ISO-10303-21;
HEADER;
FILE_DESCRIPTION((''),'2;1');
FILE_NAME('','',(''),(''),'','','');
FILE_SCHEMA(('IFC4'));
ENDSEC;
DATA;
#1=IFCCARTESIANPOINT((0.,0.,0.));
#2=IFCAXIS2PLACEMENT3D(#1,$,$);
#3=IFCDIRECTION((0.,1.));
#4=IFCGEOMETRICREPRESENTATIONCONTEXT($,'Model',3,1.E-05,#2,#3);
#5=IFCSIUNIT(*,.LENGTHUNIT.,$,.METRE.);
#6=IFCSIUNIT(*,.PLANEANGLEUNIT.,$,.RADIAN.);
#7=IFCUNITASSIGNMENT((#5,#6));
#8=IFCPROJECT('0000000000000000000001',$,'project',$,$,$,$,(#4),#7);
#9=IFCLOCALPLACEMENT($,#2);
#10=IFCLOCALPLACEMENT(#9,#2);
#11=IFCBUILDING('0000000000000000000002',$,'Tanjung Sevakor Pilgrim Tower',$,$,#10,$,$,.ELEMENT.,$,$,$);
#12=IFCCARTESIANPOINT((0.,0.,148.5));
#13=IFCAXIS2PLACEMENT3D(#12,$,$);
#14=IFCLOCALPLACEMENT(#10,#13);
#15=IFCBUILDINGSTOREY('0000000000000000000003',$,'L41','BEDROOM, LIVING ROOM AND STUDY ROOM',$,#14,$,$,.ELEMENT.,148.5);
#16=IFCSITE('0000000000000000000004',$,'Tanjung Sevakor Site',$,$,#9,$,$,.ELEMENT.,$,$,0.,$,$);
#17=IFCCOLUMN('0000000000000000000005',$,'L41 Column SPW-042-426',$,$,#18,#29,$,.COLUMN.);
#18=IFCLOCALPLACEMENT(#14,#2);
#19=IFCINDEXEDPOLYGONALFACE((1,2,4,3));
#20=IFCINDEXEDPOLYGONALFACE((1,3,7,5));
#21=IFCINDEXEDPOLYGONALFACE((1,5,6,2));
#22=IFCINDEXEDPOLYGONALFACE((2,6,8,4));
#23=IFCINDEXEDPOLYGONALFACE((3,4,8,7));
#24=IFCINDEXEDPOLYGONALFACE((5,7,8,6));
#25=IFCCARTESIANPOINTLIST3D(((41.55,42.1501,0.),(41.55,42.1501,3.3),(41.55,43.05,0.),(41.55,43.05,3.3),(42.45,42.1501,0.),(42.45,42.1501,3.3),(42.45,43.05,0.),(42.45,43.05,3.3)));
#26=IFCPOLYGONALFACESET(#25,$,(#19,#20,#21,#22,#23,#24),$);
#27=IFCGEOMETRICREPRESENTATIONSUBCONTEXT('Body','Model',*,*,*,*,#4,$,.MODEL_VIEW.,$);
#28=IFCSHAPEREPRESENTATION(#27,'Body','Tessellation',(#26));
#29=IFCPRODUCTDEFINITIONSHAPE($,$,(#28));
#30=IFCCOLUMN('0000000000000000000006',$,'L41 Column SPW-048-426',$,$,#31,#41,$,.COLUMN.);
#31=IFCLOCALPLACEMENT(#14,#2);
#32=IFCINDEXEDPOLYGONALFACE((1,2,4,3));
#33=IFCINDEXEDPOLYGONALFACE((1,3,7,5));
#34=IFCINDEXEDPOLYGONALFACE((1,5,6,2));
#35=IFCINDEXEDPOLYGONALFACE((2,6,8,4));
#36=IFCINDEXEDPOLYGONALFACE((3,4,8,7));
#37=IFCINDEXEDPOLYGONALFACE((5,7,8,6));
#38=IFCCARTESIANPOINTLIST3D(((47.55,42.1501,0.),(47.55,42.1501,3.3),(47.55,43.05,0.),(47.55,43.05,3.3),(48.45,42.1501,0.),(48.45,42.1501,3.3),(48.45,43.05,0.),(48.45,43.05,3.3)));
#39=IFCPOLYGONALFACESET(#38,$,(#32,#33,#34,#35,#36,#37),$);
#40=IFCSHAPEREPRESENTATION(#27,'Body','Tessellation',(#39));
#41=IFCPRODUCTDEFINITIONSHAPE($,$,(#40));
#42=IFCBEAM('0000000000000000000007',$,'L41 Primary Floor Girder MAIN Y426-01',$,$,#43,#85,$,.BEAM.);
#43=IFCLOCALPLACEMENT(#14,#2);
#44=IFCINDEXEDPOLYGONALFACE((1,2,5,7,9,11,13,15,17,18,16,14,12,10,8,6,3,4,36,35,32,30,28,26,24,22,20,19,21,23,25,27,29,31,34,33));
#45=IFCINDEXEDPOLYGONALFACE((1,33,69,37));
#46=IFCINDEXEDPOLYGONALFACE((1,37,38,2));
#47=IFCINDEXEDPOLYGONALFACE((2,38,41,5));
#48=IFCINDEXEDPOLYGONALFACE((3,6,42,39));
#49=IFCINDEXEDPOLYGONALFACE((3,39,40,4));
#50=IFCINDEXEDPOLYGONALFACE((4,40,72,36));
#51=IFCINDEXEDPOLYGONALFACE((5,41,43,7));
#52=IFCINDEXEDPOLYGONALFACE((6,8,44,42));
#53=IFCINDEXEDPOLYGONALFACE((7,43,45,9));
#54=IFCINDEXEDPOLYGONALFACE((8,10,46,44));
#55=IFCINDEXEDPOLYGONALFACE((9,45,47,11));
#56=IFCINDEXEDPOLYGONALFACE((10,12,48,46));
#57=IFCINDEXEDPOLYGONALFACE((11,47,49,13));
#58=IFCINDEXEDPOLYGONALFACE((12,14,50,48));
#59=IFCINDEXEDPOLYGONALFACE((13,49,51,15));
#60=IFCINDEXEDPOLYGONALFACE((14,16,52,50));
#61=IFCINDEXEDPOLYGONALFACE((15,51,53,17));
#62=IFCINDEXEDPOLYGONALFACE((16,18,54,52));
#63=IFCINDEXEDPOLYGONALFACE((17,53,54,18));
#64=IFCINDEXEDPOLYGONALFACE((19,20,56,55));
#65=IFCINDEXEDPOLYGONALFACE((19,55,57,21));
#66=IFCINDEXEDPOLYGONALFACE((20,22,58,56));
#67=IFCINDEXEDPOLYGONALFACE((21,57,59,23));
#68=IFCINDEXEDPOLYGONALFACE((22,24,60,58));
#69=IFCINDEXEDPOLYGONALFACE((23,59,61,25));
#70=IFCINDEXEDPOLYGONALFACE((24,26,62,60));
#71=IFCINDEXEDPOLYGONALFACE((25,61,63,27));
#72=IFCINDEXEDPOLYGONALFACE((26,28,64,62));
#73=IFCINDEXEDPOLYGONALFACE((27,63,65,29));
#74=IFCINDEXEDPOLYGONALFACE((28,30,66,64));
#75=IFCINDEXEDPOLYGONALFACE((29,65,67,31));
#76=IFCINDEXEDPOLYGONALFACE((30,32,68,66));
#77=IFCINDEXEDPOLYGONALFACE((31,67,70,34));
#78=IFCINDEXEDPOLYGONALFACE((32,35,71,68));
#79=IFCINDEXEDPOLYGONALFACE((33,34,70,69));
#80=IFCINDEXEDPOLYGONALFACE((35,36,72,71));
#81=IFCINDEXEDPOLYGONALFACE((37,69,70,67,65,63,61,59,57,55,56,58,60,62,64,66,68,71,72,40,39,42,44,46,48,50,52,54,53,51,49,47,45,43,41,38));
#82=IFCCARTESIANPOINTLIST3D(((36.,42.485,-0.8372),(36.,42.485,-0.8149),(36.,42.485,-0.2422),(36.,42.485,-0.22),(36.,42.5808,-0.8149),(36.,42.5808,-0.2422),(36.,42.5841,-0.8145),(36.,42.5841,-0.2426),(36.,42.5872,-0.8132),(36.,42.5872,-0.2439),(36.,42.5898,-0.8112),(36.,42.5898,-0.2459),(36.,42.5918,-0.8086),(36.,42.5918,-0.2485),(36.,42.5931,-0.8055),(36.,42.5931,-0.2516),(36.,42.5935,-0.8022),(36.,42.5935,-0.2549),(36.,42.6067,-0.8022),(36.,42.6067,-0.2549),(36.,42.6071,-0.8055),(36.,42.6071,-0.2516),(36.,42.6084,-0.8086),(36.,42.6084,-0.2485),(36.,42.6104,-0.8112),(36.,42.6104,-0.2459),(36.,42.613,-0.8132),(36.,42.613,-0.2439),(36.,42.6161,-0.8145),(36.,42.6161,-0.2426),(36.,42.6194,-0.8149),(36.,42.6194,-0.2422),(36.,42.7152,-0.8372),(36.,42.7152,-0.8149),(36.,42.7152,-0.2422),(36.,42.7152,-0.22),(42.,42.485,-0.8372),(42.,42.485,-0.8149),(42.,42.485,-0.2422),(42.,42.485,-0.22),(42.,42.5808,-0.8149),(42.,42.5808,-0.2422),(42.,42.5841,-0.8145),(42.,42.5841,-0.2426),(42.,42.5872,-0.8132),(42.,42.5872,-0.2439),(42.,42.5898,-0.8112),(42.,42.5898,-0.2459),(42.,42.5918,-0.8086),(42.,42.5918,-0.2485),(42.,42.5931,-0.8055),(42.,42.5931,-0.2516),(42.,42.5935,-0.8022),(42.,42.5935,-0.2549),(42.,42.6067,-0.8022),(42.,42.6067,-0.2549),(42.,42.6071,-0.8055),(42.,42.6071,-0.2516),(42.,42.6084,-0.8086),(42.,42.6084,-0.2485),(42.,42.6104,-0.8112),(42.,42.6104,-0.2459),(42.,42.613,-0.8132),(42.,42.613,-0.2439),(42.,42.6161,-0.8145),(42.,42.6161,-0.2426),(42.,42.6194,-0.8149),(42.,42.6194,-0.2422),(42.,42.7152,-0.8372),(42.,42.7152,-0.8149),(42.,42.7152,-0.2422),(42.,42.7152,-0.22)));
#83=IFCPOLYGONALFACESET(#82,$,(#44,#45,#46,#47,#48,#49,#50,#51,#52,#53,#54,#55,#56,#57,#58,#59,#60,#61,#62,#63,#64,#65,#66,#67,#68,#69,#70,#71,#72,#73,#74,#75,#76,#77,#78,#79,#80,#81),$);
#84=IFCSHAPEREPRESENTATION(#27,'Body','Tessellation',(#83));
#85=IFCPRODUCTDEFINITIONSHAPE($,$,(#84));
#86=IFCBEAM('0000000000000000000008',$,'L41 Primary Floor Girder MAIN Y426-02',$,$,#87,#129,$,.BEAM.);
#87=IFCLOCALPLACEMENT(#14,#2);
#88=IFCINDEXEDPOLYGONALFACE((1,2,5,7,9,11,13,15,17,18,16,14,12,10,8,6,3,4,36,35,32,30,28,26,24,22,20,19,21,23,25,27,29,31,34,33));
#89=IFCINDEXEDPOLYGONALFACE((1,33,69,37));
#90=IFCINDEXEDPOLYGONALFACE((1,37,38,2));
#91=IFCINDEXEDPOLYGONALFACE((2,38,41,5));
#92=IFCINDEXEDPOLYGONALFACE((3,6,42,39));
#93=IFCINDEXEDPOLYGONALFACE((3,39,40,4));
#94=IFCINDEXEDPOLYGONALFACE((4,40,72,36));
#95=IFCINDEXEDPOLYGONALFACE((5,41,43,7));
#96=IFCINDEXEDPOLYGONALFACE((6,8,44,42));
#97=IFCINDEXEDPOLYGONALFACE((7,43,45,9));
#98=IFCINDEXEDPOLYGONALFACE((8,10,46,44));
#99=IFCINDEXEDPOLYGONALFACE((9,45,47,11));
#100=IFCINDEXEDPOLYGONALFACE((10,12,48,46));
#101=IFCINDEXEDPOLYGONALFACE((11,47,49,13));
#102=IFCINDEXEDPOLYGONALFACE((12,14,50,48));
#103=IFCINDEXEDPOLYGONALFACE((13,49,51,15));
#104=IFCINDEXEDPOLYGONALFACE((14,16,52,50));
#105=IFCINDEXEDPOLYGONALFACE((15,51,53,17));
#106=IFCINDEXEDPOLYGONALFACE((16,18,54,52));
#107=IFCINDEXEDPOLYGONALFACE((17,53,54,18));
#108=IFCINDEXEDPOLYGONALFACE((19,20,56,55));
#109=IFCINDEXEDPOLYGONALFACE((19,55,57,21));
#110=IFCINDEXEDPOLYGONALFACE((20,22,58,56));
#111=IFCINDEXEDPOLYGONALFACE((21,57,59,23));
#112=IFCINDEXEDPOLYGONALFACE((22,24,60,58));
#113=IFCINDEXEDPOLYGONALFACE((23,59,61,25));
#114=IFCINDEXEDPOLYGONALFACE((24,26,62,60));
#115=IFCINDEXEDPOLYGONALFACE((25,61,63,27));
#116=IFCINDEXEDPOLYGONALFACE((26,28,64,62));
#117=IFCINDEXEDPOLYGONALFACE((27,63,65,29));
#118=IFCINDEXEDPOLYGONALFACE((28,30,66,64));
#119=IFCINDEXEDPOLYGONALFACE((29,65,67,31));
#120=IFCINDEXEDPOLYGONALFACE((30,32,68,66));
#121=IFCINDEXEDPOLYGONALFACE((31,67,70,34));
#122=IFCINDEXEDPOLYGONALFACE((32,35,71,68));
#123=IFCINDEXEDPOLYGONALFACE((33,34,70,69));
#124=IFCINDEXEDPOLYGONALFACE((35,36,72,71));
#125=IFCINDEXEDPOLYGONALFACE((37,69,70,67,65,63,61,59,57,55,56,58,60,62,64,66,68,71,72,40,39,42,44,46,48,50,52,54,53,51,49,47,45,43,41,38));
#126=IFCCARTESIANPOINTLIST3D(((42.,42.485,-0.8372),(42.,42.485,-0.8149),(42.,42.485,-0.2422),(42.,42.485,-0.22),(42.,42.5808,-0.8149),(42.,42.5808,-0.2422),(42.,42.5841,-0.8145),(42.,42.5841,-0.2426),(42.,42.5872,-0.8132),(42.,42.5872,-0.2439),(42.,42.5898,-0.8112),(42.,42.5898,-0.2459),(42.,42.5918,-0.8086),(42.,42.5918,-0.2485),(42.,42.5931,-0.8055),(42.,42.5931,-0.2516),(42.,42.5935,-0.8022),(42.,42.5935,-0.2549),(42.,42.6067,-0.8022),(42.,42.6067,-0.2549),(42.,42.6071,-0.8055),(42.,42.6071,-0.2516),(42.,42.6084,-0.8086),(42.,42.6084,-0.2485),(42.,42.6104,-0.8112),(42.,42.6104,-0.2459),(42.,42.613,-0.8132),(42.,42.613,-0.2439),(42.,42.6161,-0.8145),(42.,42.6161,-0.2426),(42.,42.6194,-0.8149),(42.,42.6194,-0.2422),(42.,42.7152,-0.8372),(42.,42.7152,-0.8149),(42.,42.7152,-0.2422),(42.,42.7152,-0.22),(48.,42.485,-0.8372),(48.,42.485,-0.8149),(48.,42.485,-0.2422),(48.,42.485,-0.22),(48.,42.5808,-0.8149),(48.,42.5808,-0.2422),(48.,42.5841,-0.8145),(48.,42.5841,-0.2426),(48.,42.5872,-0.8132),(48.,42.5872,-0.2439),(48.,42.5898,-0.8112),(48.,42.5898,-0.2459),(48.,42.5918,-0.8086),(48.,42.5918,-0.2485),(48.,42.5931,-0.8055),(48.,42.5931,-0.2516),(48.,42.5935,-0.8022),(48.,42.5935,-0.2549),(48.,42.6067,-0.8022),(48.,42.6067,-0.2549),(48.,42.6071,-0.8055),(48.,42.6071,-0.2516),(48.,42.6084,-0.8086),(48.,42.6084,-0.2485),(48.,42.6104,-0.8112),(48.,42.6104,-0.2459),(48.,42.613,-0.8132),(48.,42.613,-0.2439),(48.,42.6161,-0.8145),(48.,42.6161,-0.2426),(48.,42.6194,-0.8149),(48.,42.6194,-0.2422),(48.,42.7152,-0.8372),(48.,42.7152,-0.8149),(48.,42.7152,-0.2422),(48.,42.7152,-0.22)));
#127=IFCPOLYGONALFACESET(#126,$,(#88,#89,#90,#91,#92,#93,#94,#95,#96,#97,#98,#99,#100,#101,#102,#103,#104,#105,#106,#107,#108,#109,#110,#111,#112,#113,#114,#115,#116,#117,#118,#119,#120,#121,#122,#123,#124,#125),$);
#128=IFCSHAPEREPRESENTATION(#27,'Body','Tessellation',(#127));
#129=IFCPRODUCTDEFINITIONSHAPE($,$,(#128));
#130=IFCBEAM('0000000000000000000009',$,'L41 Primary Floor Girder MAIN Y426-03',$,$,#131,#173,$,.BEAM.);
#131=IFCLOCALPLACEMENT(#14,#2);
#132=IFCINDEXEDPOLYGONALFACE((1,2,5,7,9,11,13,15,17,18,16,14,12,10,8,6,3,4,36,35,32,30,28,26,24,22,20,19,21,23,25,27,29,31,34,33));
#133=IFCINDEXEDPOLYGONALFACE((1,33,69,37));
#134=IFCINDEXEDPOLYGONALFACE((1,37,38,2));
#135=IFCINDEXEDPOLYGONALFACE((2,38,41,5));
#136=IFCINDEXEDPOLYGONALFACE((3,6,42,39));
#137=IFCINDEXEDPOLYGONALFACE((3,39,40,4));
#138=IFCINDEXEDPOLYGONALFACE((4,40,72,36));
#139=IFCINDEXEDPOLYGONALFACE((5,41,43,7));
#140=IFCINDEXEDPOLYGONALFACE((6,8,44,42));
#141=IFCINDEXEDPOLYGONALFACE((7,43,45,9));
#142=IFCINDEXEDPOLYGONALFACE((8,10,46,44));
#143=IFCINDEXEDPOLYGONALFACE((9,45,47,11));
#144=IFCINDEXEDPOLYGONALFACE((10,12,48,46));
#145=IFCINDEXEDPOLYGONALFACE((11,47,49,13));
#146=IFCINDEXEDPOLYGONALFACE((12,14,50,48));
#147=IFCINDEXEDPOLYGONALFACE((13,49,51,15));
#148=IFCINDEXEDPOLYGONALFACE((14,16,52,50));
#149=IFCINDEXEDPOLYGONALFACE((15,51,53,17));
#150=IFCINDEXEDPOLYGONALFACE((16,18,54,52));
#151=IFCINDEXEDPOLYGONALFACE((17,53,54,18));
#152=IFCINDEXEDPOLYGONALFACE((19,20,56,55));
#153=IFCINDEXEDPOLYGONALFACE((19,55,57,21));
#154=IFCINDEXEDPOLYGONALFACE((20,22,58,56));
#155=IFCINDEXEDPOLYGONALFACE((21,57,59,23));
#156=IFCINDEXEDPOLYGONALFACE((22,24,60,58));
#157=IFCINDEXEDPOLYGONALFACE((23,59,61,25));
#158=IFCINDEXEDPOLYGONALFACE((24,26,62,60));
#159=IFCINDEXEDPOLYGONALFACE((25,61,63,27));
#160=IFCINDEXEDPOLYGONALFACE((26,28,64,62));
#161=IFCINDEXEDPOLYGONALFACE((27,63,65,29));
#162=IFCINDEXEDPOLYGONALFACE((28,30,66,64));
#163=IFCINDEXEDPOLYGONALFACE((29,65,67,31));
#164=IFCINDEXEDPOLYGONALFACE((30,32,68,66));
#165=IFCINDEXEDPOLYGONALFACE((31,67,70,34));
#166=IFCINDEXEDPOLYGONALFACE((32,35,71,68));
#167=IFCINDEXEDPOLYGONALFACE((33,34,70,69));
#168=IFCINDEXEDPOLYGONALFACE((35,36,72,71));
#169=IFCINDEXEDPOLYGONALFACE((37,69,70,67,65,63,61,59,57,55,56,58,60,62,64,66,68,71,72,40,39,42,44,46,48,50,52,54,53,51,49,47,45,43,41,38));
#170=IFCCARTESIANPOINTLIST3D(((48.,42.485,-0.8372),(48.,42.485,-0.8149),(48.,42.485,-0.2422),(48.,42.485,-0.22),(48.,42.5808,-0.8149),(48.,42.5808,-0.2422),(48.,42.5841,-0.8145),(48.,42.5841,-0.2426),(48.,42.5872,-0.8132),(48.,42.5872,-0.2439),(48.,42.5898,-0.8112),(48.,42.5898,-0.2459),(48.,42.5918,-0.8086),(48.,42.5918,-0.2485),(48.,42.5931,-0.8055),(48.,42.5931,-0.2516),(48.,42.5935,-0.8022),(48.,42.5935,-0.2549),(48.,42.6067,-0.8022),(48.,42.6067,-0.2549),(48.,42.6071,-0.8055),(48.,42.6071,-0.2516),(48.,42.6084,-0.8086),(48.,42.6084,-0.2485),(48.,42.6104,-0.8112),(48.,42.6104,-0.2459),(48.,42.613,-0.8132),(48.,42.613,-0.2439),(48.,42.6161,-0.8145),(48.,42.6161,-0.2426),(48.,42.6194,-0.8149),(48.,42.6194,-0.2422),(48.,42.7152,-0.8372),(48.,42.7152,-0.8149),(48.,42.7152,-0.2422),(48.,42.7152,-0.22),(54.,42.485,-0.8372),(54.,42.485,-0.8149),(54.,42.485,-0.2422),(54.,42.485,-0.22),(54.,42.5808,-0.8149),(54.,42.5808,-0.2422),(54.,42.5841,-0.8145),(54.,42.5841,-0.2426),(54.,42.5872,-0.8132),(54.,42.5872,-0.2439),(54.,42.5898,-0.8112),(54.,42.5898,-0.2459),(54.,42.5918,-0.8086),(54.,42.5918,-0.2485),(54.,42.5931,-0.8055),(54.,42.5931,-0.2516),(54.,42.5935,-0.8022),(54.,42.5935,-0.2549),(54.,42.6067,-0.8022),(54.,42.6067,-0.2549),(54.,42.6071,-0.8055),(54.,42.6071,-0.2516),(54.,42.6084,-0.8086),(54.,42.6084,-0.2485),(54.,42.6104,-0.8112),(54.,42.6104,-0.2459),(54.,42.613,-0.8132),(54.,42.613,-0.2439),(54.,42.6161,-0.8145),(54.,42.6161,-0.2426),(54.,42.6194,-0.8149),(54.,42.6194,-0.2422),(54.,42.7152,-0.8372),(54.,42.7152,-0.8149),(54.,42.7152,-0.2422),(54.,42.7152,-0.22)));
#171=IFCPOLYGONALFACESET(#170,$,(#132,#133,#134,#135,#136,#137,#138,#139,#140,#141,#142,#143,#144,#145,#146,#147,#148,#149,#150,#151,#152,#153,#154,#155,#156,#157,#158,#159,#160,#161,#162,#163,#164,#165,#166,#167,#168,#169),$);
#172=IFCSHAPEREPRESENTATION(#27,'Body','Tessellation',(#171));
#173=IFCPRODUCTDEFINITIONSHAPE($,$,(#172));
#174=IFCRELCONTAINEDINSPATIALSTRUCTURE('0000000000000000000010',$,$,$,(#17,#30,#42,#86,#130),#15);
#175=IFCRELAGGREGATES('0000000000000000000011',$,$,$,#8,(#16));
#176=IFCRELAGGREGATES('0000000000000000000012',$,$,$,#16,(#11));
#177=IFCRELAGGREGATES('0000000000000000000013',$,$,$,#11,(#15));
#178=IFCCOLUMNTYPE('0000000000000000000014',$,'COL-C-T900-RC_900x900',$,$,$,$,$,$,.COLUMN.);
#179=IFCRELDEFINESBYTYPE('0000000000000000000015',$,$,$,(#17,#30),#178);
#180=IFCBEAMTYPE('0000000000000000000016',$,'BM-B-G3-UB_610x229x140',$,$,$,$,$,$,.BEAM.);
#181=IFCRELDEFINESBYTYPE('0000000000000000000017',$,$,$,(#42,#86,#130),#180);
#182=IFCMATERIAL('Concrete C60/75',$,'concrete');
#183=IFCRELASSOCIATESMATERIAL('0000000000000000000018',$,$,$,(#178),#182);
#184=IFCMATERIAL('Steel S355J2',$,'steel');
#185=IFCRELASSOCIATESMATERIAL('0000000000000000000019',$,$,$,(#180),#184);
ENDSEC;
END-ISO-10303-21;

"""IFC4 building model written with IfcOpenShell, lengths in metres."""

from ifc_helpers import new_model, si_unit, direction, frame, origin, origin_2d, place, context, subcontext, project, spatial, rectangle, i_section, extrude, material, material_profile, profile_set, type_object, element, save


model = new_model("IFC4")

# Units and contexts
model_context = context("Model", 3, precision=1e-05, world=origin(), true_north=direction((0.0, 1.0)))
body_context = subcontext(model_context, "Body", "Model", "MODEL_VIEW")
ifc_project = project(units=[si_unit("LENGTHUNIT", "METRE"), si_unit("PLANEANGLEUNIT", "RADIAN")], contexts=[model_context])

# Site, building, storey
site_placement = place(None, origin())
site = spatial("IfcSite", under=ifc_project, at=site_placement, Name="Tanjung Sevakor Site", CompositionType="ELEMENT", RefElevation=0.0)
building_placement = place(site_placement, origin())
building = spatial("IfcBuilding", under=site, at=building_placement, Name="Tanjung Sevakor Pilgrim Tower", CompositionType="ELEMENT")
storey_placement = place(building_placement, frame((0.0, 0.0, 148.5)))
storey = spatial("IfcBuildingStorey", under=building, at=storey_placement, Name="L41", Description="BEDROOM, LIVING ROOM AND STUDY ROOM", CompositionType="ELEMENT", Elevation=148.5)

# Columns
ifc_material_1 = material(Name="Concrete C60/75", Category="concrete")
ifc_material_profile_1 = material_profile(ifc_material_1, rectangle(XDim=0.8999, YDim=0.8999, at=origin_2d()))
ifc_profile_set_1 = profile_set([ifc_material_profile_1], Name="Concrete C60/75")
column_type = type_object("IfcColumnType", Name="COL-C-T900-RC_900x900", PredefinedType="COLUMN", material=ifc_profile_set_1)
for number, where, z_axis, x_axis, name in (
    (1, (42.0, 42.6001, 0.0), (0.0, 0.0, 1.0), (1.0, 0.0, 0.0), "L41 Column SPW-042-426"),
    (2, (48.0, 42.6001, 0.0), (0.0, 0.0, 1.0), (1.0, 0.0, 0.0), "L41 Column SPW-048-426"),
):
    element("IfcColumn", number, at=place(storey_placement, frame(where, z_axis=z_axis, x_axis=x_axis)), inside=storey, type_object=column_type, Name=name, PredefinedType="COLUMN", context=body_context, shape_type="SweptSolid", body=[
        extrude(rectangle(XDim=0.8999, YDim=0.8999, at=origin_2d()), origin(), (0.0, 0.0, 1.0), 3.3),
    ])

# Beams
ifc_material_2 = material(Name="Steel S355J2", Category="steel")
ifc_material_profile_2 = material_profile(ifc_material_2, i_section(OverallWidth=0.2302, OverallDepth=0.6172, WebThickness=0.0132, FlangeThickness=0.0222, FilletRadius=0.0127, at=origin_2d()))
ifc_profile_set_2 = profile_set([ifc_material_profile_2], Name="Steel S355J2")
beam_type_1 = type_object("IfcBeamType", Name="BM-B-G3-UB_610x229x140", PredefinedType="BEAM", material=ifc_profile_set_2)
for number, where, z_axis, x_axis, name in (
    (3, (36.0, 42.6001, -0.5286), (1.0, 0.0, 0.0), (0.0, 1.0, 0.0), "L41 Primary Floor Girder MAIN Y426-01"),
    (4, (42.0, 42.6001, -0.5286), (1.0, 0.0, 0.0), (0.0, 1.0, 0.0), "L41 Primary Floor Girder MAIN Y426-02"),
    (5, (48.0, 42.6001, -0.5286), (1.0, 0.0, 0.0), (0.0, 1.0, 0.0), "L41 Primary Floor Girder MAIN Y426-03"),
):
    element("IfcBeam", number, at=place(storey_placement, frame(where, z_axis=z_axis, x_axis=x_axis)), inside=storey, type_object=beam_type_1, Name=name, PredefinedType="BEAM", context=body_context, shape_type="SweptSolid", body=[
        extrude(i_section(OverallWidth=0.2302, OverallDepth=0.6172, WebThickness=0.0132, FlangeThickness=0.0222, FilletRadius=0.0127, at=origin_2d()), origin(), (0.0, 0.0, 1.0), 6.0),
    ])

save(model, "model.ifc")
